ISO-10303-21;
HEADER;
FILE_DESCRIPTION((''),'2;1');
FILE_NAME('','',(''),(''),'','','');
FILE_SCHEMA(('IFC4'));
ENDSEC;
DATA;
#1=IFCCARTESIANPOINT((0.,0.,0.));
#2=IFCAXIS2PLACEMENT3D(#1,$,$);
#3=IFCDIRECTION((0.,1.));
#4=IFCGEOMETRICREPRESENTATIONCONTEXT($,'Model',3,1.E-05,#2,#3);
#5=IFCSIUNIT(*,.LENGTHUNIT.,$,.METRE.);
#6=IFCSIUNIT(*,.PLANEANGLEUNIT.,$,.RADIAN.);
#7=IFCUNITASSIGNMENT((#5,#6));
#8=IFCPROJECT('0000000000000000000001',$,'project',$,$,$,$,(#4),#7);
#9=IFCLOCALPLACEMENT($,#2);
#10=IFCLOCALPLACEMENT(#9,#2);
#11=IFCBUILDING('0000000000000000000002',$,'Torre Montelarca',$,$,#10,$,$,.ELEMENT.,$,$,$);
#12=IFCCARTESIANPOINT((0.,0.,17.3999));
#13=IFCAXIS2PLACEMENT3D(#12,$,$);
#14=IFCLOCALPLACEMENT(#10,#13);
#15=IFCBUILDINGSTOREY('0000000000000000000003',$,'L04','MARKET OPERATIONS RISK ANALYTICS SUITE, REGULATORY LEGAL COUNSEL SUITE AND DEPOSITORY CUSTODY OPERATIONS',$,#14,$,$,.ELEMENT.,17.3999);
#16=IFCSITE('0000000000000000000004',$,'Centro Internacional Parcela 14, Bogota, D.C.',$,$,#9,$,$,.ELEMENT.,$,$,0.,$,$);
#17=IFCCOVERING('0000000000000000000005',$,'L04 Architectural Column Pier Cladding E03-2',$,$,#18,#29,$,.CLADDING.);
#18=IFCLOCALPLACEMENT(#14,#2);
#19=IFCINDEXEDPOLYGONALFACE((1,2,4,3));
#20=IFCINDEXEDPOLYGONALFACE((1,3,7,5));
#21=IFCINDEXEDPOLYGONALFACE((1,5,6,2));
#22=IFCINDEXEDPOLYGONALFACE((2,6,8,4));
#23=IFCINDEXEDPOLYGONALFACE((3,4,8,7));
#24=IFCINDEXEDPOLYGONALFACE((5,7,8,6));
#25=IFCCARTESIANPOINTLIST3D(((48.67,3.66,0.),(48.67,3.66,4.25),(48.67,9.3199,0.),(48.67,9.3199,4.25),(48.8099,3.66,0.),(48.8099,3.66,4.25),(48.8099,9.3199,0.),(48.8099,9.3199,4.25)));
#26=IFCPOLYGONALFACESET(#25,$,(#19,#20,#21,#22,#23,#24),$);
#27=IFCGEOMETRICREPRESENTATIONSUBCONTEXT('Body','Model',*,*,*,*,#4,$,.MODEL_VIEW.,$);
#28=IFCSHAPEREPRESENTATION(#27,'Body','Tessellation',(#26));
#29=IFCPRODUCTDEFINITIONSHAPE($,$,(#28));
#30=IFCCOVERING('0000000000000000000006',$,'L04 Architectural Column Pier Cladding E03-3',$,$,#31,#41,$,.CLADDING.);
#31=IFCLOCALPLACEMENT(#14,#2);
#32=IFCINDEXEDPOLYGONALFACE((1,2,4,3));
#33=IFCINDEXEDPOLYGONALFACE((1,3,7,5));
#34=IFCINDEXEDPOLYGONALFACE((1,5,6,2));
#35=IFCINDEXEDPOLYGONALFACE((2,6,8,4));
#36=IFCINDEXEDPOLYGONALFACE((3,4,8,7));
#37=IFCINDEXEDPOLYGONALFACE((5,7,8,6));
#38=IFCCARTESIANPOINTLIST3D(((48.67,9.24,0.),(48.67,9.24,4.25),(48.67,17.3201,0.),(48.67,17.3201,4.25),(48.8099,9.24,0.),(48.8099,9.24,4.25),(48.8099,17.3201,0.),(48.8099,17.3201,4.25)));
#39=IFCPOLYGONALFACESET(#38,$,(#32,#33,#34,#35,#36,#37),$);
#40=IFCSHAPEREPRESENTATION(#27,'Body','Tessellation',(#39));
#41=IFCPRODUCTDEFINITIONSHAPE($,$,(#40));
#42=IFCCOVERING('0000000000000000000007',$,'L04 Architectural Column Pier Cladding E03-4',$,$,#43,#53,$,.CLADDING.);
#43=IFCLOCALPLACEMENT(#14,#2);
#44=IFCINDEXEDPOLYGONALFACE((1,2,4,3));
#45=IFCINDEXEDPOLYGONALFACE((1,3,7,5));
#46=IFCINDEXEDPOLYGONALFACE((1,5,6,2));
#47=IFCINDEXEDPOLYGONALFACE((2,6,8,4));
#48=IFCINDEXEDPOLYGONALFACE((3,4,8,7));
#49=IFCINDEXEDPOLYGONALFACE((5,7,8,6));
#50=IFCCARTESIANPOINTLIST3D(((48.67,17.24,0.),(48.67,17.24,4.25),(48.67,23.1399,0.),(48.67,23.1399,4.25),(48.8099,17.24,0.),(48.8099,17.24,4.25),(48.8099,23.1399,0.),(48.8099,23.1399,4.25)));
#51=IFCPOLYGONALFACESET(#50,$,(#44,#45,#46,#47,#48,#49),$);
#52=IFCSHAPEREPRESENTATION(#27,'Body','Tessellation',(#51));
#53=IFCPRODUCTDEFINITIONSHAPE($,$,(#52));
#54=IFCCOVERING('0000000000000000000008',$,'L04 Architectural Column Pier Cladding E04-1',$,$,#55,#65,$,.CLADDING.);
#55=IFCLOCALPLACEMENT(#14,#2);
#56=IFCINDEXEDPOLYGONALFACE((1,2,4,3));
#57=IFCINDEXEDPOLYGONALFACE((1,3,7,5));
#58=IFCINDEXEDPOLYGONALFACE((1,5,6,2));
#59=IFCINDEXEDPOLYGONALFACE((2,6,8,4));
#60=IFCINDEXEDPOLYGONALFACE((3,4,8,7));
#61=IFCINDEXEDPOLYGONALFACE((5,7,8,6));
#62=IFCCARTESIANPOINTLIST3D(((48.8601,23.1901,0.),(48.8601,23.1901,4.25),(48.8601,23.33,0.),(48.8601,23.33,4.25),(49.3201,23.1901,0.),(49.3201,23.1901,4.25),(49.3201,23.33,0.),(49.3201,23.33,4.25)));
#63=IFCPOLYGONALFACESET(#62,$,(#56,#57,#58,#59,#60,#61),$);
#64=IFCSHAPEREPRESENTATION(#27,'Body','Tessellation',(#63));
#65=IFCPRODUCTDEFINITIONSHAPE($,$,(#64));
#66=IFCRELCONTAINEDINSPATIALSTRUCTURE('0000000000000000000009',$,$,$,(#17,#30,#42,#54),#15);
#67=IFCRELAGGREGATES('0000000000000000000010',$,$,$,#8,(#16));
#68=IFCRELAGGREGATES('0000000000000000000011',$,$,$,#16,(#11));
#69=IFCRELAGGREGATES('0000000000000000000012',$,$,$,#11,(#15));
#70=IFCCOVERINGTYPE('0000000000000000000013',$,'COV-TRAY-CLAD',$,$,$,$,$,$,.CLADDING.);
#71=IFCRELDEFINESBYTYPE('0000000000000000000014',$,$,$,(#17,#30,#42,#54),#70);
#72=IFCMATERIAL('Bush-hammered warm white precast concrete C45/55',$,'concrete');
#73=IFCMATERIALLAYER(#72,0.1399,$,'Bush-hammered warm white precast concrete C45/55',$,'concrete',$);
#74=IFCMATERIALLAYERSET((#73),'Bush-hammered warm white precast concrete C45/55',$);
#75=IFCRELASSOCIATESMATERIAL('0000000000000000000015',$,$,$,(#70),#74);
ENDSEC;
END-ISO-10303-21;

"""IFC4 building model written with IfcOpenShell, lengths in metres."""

from ifc_helpers import new_model, si_unit, direction, frame, origin, origin_2d, place, context, subcontext, project, spatial, rectangle, extrude, source, transform, mapped, material, layer, layer_set, type_object, element, save


model = new_model("IFC4")

# Units and contexts
model_context = context("Model", 3, precision=1e-05, world=origin(), true_north=direction((0.0, 1.0)))
body_context = subcontext(model_context, "Body", "Model", "MODEL_VIEW")
ifc_project = project(units=[si_unit("LENGTHUNIT", "METRE"), si_unit("PLANEANGLEUNIT", "RADIAN")], contexts=[model_context])

# Site, building, storey
site_placement = place(None, origin())
site = spatial("IfcSite", under=ifc_project, at=site_placement, Name="Centro Internacional Parcela 14, Bogota, D.C.", CompositionType="ELEMENT", RefElevation=0.0)
building_placement = place(site_placement, origin())
building = spatial("IfcBuilding", under=site, at=building_placement, Name="Torre Montelarca", CompositionType="ELEMENT")
storey_placement = place(building_placement, frame((0.0, 0.0, 17.3999)))
storey = spatial("IfcBuildingStorey", under=building, at=storey_placement, Name="L04", Description="MARKET OPERATIONS RISK ANALYTICS SUITE, REGULATORY LEGAL COUNSEL SUITE AND DEPOSITORY CUSTODY OPERATIONS", CompositionType="ELEMENT", Elevation=17.3999)

# Coverings
ifc_material_1 = material(Name="Bush-hammered warm white precast concrete C45/55", Category="concrete")
ifc_layer_1 = layer(ifc_material_1, 0.1399, Name="Bush-hammered warm white precast concrete C45/55", Category="concrete")
ifc_layer_set_1 = layer_set([ifc_layer_1], Name="Bush-hammered warm white precast concrete C45/55")
covering_type = type_object("IfcCoveringType", Name="COV-TRAY-CLAD", PredefinedType="CLADDING", material=ifc_layer_set_1)
shared_shape_1 = source(origin(), body_context, "Body", "SweptSolid", [
    extrude(rectangle(XDim=5.6599, YDim=0.1399, at=origin_2d()), origin(), (0.0, 0.0, 1.0), 4.25),
])
covering_1_placement = place(storey_placement, frame((48.74, 6.49, 0.0), z_axis=(0.0, 0.0, 1.0), x_axis=(0.0, 1.0, 0.0)))
element("IfcCovering", 1, at=covering_1_placement, inside=storey, type_object=covering_type, Name="L04 Architectural Column Pier Cladding E03-2", PredefinedType="CLADDING", context=body_context, shape_type="MappedRepresentation", body=[
    mapped(shared_shape_1, transform((0.0, 0.0, 0.0), scale=1.0)),
])
shared_shape_2 = source(origin(), body_context, "Body", "SweptSolid", [
    extrude(rectangle(XDim=8.0801, YDim=0.1399, at=origin_2d()), origin(), (0.0, 0.0, 1.0), 4.25),
])
covering_2_placement = place(storey_placement, frame((48.74, 13.28, 0.0), z_axis=(0.0, 0.0, 1.0), x_axis=(0.0, 1.0, 0.0)))
element("IfcCovering", 2, at=covering_2_placement, inside=storey, type_object=covering_type, Name="L04 Architectural Column Pier Cladding E03-3", PredefinedType="CLADDING", context=body_context, shape_type="MappedRepresentation", body=[
    mapped(shared_shape_2, transform((0.0, 0.0, 0.0), scale=1.0)),
])
shared_shape_3 = source(origin(), body_context, "Body", "SweptSolid", [
    extrude(rectangle(XDim=5.8999, YDim=0.1399, at=origin_2d()), origin(), (0.0, 0.0, 1.0), 4.25),
])
covering_3_placement = place(storey_placement, frame((48.74, 20.1899, 0.0), z_axis=(0.0, 0.0, 1.0), x_axis=(0.0, 1.0, 0.0)))
element("IfcCovering", 3, at=covering_3_placement, inside=storey, type_object=covering_type, Name="L04 Architectural Column Pier Cladding E03-4", PredefinedType="CLADDING", context=body_context, shape_type="MappedRepresentation", body=[
    mapped(shared_shape_3, transform((0.0, 0.0, 0.0), scale=1.0)),
])
shared_shape_4 = source(origin(), body_context, "Body", "SweptSolid", [
    extrude(rectangle(XDim=0.46, YDim=0.1399, at=origin_2d()), origin(), (0.0, 0.0, 1.0), 4.25),
])
covering_4_placement = place(storey_placement, frame((49.0901, 23.26, 0.0), z_axis=(0.0, 0.0, 1.0), x_axis=(1.0, 0.0, 0.0)))
element("IfcCovering", 4, at=covering_4_placement, inside=storey, type_object=covering_type, Name="L04 Architectural Column Pier Cladding E04-1", PredefinedType="CLADDING", context=body_context, shape_type="MappedRepresentation", body=[
    mapped(shared_shape_4, transform((0.0, 0.0, 0.0), scale=1.0)),
])

save(model, "model.ifc")
